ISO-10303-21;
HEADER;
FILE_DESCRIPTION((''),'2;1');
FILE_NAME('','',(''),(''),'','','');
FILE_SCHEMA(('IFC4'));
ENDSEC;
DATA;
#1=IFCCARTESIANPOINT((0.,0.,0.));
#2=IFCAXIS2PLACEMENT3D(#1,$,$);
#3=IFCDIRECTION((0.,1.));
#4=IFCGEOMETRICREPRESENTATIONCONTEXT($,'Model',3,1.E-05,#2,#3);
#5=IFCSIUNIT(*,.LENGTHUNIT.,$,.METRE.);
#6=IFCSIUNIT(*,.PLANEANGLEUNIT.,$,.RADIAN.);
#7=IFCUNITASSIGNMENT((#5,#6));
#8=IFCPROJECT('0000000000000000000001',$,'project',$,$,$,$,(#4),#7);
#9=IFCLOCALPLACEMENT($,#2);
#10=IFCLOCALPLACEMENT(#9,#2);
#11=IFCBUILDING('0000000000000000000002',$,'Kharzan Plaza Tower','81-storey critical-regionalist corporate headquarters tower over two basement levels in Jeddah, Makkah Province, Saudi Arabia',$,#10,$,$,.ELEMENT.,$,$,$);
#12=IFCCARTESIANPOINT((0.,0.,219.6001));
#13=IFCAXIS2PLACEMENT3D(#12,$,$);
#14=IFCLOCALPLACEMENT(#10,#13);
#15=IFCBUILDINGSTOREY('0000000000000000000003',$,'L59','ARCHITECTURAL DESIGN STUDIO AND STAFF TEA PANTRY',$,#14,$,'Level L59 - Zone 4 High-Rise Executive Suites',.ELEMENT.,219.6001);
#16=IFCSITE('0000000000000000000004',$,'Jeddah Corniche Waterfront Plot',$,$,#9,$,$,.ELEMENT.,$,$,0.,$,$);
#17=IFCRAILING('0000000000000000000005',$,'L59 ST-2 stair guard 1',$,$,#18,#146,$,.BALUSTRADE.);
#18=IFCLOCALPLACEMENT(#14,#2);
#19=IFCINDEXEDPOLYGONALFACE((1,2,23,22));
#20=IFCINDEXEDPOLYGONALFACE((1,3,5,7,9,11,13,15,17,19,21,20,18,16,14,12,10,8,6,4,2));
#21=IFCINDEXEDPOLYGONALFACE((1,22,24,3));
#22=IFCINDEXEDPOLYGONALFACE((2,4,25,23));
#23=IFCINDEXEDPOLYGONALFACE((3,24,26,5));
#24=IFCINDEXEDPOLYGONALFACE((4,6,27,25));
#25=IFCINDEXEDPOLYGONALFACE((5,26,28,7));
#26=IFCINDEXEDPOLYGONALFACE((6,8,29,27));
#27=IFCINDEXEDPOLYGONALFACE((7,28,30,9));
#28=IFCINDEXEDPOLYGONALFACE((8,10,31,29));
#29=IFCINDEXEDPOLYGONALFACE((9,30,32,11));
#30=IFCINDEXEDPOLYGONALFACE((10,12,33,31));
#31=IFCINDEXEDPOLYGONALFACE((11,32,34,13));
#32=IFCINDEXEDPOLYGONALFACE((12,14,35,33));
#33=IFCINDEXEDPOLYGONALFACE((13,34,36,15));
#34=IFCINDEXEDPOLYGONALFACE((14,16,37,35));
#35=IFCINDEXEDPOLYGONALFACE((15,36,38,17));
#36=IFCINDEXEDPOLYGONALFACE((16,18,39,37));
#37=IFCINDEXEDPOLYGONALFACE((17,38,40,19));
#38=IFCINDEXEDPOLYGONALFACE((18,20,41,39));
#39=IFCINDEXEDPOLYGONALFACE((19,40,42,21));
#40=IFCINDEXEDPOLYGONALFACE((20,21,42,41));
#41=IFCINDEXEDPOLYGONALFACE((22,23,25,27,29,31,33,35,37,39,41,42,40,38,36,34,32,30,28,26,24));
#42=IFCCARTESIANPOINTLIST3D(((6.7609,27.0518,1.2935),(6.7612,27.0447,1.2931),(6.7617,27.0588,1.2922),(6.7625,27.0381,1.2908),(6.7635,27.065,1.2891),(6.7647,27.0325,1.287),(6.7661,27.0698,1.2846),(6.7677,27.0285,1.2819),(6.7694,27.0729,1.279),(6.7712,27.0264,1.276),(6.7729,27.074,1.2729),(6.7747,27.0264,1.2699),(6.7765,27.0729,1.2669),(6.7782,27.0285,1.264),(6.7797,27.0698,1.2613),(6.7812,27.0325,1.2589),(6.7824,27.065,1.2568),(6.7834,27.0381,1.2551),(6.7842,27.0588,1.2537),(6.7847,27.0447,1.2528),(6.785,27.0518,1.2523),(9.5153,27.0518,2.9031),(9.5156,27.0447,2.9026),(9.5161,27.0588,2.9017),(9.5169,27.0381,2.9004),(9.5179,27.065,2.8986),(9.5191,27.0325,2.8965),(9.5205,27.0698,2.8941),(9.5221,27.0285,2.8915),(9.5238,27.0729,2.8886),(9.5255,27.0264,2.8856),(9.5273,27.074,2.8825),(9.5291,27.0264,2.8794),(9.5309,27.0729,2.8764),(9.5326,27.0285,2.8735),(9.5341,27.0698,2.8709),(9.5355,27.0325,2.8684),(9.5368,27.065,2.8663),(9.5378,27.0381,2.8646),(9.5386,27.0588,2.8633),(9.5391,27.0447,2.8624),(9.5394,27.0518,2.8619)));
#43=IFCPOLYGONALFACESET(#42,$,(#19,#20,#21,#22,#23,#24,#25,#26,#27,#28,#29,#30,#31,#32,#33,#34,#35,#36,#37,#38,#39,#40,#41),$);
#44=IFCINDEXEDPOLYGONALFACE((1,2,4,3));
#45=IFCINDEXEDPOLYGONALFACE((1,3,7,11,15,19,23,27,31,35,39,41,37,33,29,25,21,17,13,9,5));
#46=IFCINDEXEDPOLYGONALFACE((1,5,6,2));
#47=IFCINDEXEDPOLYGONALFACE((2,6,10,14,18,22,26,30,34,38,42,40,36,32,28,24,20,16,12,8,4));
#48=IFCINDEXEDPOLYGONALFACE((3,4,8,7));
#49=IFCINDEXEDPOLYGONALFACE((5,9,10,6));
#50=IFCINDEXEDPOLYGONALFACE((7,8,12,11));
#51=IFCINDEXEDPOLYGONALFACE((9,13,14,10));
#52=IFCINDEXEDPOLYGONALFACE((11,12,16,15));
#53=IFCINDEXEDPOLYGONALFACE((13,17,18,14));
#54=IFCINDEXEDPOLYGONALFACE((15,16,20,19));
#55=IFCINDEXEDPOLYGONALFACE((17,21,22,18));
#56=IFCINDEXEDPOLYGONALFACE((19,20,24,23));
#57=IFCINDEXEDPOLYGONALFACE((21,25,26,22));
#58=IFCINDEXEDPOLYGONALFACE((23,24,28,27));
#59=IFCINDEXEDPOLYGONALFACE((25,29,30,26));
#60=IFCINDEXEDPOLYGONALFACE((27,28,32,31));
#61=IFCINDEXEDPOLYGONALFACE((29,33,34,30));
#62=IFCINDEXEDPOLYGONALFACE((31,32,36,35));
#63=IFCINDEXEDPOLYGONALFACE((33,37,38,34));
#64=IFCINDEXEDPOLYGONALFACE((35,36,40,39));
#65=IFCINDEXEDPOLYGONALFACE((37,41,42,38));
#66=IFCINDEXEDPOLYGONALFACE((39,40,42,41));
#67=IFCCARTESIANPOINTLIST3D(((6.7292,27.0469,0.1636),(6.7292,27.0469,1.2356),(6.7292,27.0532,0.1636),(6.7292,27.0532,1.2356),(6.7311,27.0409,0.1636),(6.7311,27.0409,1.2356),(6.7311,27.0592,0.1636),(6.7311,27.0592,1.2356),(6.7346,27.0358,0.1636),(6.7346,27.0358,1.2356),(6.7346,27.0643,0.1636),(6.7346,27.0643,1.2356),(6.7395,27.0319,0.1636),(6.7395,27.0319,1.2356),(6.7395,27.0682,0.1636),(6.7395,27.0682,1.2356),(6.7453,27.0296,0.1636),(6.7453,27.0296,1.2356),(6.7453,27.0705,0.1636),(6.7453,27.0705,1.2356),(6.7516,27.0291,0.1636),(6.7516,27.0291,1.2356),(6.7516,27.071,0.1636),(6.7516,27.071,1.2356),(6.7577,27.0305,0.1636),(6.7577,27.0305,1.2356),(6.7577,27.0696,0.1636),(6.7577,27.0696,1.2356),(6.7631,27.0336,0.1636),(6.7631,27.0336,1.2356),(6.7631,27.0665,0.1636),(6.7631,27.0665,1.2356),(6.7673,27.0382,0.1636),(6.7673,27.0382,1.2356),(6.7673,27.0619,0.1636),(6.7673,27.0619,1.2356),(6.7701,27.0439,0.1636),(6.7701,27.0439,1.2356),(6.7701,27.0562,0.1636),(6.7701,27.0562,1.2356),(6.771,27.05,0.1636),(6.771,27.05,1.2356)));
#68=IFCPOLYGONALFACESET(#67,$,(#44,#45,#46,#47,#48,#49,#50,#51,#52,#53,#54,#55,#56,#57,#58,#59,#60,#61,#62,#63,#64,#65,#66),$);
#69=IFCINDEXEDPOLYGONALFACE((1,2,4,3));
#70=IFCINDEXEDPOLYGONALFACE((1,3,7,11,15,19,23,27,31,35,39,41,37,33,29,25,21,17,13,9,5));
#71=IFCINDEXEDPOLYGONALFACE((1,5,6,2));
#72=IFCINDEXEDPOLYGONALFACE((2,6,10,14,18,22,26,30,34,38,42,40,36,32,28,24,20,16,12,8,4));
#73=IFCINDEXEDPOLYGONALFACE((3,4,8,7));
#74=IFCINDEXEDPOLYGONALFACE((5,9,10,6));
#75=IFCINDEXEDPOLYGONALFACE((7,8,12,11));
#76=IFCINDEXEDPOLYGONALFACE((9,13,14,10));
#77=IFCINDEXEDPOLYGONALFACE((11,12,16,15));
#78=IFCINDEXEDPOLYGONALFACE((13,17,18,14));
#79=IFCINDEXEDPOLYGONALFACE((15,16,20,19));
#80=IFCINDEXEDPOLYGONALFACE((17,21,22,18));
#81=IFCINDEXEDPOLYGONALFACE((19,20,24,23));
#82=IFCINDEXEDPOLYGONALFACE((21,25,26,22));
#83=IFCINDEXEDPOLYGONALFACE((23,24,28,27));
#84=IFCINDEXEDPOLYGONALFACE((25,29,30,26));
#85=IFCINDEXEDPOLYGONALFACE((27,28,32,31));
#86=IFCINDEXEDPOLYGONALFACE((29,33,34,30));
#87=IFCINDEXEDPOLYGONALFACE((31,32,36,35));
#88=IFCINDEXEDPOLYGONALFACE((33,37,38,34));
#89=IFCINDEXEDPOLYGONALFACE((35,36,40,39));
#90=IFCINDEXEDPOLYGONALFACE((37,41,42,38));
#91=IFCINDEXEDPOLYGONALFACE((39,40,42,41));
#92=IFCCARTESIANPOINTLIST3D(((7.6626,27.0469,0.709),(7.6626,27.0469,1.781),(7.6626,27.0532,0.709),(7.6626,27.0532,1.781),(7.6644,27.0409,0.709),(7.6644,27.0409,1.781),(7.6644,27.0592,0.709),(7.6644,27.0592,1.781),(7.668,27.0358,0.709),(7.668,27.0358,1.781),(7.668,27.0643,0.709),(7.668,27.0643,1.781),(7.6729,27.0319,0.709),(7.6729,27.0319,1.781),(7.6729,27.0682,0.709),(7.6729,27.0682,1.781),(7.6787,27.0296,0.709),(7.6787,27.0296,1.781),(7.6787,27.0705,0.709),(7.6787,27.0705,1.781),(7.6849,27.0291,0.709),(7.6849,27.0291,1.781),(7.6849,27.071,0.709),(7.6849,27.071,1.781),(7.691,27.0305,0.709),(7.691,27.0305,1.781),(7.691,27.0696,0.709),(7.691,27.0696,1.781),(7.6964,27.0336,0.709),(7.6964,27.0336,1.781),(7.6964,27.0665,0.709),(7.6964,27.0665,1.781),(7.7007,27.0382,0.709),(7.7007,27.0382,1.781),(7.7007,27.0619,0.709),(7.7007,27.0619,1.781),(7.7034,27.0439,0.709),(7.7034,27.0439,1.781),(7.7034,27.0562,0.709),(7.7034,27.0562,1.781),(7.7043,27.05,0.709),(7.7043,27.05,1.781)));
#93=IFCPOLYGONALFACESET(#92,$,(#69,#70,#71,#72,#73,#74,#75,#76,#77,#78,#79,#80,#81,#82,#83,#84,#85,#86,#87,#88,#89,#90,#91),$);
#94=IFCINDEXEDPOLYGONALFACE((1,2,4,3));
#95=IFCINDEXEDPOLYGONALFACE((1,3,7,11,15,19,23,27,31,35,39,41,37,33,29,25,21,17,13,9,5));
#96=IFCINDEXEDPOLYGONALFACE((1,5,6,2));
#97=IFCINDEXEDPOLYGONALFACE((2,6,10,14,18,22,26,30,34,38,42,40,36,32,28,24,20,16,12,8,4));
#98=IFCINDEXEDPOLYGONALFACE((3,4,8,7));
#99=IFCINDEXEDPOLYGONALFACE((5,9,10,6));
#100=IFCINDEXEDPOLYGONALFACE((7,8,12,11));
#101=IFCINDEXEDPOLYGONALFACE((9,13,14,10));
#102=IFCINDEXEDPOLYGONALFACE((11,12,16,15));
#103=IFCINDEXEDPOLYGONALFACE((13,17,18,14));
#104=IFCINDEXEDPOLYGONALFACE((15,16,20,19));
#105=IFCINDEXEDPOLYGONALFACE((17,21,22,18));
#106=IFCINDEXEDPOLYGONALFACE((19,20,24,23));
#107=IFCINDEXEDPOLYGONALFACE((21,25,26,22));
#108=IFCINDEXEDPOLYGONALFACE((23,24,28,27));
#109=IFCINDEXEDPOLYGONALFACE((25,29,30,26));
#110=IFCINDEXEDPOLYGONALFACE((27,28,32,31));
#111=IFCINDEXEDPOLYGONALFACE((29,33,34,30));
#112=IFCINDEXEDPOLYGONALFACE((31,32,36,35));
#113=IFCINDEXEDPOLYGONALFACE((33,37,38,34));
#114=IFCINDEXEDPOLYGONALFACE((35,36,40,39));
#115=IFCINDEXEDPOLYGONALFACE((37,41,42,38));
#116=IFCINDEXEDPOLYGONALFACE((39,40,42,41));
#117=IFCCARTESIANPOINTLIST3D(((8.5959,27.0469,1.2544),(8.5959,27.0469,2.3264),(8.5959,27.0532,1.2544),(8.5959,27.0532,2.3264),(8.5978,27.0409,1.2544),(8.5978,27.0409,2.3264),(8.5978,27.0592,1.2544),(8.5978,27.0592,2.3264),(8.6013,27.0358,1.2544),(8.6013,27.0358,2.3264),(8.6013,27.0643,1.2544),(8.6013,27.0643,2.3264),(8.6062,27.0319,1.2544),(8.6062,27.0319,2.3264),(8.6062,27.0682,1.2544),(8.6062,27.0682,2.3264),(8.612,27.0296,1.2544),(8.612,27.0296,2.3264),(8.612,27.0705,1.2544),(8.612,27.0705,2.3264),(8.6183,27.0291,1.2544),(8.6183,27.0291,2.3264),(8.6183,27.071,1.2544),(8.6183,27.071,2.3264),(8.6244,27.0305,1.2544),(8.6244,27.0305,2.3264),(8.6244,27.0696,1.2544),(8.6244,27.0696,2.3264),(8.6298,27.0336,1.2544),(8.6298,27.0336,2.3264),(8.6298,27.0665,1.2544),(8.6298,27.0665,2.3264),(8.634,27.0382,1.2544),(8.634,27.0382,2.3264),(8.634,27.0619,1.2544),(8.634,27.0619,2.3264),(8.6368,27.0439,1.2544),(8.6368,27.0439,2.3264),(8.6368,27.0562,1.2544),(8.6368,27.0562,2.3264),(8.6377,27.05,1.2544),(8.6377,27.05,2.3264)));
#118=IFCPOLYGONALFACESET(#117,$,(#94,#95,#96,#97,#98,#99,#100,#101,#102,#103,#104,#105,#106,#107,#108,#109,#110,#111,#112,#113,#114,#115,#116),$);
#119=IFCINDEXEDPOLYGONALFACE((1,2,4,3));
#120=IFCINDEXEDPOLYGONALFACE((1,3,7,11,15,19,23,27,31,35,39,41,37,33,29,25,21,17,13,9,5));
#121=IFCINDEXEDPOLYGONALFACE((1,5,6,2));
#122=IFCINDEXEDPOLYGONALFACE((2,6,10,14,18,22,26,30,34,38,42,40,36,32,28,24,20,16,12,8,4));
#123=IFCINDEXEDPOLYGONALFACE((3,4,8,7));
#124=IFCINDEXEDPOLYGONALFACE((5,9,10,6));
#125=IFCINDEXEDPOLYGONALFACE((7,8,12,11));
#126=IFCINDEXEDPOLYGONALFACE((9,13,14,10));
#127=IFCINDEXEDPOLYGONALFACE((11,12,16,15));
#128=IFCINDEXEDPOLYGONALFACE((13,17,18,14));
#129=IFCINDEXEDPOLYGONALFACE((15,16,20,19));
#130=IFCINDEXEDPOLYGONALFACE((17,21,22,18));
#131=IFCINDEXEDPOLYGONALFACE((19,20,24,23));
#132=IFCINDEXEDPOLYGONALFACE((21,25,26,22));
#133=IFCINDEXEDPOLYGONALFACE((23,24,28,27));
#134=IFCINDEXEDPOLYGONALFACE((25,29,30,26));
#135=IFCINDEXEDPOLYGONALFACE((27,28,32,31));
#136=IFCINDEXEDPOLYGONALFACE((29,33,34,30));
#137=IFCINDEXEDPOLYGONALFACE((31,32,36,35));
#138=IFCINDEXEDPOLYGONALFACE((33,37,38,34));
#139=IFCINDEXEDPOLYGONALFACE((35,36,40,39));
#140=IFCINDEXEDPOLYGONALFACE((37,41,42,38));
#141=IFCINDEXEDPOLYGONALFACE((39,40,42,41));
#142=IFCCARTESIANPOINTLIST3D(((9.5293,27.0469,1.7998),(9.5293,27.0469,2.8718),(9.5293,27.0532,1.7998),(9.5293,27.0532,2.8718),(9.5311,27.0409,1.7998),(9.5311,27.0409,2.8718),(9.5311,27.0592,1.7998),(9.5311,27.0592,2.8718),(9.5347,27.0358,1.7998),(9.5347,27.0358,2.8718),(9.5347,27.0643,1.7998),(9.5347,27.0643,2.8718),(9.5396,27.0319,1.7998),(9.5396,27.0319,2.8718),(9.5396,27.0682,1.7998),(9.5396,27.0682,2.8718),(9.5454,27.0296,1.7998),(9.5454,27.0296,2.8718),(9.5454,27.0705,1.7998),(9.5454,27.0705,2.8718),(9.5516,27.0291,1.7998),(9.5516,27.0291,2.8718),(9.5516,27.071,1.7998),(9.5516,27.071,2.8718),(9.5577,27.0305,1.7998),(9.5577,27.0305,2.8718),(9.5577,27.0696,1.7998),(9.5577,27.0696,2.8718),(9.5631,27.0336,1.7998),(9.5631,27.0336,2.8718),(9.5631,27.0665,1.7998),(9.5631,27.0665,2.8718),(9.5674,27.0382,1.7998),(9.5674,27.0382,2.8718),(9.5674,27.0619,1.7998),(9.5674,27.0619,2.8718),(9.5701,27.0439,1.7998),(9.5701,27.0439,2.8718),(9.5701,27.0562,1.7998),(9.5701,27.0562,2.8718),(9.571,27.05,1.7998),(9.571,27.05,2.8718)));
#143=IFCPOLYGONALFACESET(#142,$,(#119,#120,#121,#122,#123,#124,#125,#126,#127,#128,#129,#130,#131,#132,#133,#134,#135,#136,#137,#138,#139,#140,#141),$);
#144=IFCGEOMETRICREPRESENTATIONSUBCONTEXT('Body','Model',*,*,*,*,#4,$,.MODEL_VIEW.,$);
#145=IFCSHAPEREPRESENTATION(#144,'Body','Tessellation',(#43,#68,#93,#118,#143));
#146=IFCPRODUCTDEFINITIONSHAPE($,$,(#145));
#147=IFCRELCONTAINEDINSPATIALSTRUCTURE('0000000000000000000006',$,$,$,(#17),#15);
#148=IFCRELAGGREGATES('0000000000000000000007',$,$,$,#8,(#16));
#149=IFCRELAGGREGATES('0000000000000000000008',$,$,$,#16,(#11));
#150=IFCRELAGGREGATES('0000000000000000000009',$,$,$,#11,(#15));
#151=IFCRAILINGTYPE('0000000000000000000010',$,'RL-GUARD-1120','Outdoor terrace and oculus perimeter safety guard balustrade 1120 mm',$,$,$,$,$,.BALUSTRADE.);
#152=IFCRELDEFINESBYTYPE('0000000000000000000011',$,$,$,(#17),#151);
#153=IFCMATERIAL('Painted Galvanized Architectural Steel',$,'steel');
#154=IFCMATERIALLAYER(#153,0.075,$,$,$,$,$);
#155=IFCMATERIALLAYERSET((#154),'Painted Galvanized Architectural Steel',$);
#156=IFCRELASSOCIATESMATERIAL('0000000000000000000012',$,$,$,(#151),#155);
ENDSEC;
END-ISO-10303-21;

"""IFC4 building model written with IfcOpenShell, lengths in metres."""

from ifc_helpers import new_model, si_unit, direction, frame, origin, origin_2d, place, context, subcontext, project, spatial, circle, extrude, source, transform, mapped, material, layer, layer_set, type_object, element, save


model = new_model("IFC4")

# Units and contexts
model_context = context("Model", 3, precision=1e-05, world=origin(), true_north=direction((0.0, 1.0)))
body_context = subcontext(model_context, "Body", "Model", "MODEL_VIEW")
ifc_project = project(units=[si_unit("LENGTHUNIT", "METRE"), si_unit("PLANEANGLEUNIT", "RADIAN")], contexts=[model_context])

# Site, building, storey
site_placement = place(None, origin())
site = spatial("IfcSite", under=ifc_project, at=site_placement, Name="Jeddah Corniche Waterfront Plot", CompositionType="ELEMENT", RefElevation=0.0)
building_placement = place(site_placement, origin())
building = spatial("IfcBuilding", under=site, at=building_placement, Name="Kharzan Plaza Tower", Description="81-storey critical-regionalist corporate headquarters tower over two basement levels in Jeddah, Makkah Province, Saudi Arabia", CompositionType="ELEMENT")
storey_placement = place(building_placement, frame((0.0, 0.0, 219.6001)))
storey = spatial("IfcBuildingStorey", under=building, at=storey_placement, Name="L59", Description="ARCHITECTURAL DESIGN STUDIO AND STAFF TEA PANTRY", LongName="Level L59 - Zone 4 High-Rise Executive Suites", CompositionType="ELEMENT", Elevation=219.6001)

# Railing
ifc_material_1 = material(Name="Painted Galvanized Architectural Steel", Category="steel")
ifc_layer_1 = layer(ifc_material_1, 0.075)
ifc_layer_set_1 = layer_set([ifc_layer_1], Name="Painted Galvanized Architectural Steel")
railing_type_1 = type_object("IfcRailingType", Name="RL-GUARD-1120", Description="Outdoor terrace and oculus perimeter safety guard balustrade 1120 mm", PredefinedType="BALUSTRADE", material=ifc_layer_set_1)
shared_shape_1 = source(origin(), body_context, "Body", "SweptSolid", [
    extrude(circle(Radius=0.0239, at=origin_2d()), frame((0.0229, 0.0, 1.1094), z_axis=(0.863394, 0.0, 0.504531), x_axis=(0.0, 1.0, 0.0)), (0.0, 0.0, 1.0), 3.1902),
    extrude(circle(Radius=0.021, at=origin_2d()), origin(), (0.0, 0.0, 1.0), 1.072),
    extrude(circle(Radius=0.021, at=origin_2d()), frame((0.9333, 0.0, 0.5454)), (0.0, 0.0, 1.0), 1.072),
    extrude(circle(Radius=0.021, at=origin_2d()), frame((1.8667, 0.0, 1.0908)), (0.0, 0.0, 1.0), 1.072),
    extrude(circle(Radius=0.021, at=origin_2d()), frame((2.8, 0.0, 1.6362)), (0.0, 0.0, 1.0), 1.072),
])
railing_1_placement = place(storey_placement, frame((6.75, 27.05, 0.1636)))
element("IfcRailing", 1, at=railing_1_placement, inside=storey, type_object=railing_type_1, Name="L59 ST-2 stair guard 1", PredefinedType="BALUSTRADE", context=body_context, shape_type="MappedRepresentation", body=[
    mapped(shared_shape_1, transform((0.0, 0.0, 0.0), x_axis=(1.0, 0.0, 0.0), y_axis=(0.0, 1.0, 0.0), z_axis=(0.0, 0.0, 1.0))),
])

save(model, "model.ifc")
